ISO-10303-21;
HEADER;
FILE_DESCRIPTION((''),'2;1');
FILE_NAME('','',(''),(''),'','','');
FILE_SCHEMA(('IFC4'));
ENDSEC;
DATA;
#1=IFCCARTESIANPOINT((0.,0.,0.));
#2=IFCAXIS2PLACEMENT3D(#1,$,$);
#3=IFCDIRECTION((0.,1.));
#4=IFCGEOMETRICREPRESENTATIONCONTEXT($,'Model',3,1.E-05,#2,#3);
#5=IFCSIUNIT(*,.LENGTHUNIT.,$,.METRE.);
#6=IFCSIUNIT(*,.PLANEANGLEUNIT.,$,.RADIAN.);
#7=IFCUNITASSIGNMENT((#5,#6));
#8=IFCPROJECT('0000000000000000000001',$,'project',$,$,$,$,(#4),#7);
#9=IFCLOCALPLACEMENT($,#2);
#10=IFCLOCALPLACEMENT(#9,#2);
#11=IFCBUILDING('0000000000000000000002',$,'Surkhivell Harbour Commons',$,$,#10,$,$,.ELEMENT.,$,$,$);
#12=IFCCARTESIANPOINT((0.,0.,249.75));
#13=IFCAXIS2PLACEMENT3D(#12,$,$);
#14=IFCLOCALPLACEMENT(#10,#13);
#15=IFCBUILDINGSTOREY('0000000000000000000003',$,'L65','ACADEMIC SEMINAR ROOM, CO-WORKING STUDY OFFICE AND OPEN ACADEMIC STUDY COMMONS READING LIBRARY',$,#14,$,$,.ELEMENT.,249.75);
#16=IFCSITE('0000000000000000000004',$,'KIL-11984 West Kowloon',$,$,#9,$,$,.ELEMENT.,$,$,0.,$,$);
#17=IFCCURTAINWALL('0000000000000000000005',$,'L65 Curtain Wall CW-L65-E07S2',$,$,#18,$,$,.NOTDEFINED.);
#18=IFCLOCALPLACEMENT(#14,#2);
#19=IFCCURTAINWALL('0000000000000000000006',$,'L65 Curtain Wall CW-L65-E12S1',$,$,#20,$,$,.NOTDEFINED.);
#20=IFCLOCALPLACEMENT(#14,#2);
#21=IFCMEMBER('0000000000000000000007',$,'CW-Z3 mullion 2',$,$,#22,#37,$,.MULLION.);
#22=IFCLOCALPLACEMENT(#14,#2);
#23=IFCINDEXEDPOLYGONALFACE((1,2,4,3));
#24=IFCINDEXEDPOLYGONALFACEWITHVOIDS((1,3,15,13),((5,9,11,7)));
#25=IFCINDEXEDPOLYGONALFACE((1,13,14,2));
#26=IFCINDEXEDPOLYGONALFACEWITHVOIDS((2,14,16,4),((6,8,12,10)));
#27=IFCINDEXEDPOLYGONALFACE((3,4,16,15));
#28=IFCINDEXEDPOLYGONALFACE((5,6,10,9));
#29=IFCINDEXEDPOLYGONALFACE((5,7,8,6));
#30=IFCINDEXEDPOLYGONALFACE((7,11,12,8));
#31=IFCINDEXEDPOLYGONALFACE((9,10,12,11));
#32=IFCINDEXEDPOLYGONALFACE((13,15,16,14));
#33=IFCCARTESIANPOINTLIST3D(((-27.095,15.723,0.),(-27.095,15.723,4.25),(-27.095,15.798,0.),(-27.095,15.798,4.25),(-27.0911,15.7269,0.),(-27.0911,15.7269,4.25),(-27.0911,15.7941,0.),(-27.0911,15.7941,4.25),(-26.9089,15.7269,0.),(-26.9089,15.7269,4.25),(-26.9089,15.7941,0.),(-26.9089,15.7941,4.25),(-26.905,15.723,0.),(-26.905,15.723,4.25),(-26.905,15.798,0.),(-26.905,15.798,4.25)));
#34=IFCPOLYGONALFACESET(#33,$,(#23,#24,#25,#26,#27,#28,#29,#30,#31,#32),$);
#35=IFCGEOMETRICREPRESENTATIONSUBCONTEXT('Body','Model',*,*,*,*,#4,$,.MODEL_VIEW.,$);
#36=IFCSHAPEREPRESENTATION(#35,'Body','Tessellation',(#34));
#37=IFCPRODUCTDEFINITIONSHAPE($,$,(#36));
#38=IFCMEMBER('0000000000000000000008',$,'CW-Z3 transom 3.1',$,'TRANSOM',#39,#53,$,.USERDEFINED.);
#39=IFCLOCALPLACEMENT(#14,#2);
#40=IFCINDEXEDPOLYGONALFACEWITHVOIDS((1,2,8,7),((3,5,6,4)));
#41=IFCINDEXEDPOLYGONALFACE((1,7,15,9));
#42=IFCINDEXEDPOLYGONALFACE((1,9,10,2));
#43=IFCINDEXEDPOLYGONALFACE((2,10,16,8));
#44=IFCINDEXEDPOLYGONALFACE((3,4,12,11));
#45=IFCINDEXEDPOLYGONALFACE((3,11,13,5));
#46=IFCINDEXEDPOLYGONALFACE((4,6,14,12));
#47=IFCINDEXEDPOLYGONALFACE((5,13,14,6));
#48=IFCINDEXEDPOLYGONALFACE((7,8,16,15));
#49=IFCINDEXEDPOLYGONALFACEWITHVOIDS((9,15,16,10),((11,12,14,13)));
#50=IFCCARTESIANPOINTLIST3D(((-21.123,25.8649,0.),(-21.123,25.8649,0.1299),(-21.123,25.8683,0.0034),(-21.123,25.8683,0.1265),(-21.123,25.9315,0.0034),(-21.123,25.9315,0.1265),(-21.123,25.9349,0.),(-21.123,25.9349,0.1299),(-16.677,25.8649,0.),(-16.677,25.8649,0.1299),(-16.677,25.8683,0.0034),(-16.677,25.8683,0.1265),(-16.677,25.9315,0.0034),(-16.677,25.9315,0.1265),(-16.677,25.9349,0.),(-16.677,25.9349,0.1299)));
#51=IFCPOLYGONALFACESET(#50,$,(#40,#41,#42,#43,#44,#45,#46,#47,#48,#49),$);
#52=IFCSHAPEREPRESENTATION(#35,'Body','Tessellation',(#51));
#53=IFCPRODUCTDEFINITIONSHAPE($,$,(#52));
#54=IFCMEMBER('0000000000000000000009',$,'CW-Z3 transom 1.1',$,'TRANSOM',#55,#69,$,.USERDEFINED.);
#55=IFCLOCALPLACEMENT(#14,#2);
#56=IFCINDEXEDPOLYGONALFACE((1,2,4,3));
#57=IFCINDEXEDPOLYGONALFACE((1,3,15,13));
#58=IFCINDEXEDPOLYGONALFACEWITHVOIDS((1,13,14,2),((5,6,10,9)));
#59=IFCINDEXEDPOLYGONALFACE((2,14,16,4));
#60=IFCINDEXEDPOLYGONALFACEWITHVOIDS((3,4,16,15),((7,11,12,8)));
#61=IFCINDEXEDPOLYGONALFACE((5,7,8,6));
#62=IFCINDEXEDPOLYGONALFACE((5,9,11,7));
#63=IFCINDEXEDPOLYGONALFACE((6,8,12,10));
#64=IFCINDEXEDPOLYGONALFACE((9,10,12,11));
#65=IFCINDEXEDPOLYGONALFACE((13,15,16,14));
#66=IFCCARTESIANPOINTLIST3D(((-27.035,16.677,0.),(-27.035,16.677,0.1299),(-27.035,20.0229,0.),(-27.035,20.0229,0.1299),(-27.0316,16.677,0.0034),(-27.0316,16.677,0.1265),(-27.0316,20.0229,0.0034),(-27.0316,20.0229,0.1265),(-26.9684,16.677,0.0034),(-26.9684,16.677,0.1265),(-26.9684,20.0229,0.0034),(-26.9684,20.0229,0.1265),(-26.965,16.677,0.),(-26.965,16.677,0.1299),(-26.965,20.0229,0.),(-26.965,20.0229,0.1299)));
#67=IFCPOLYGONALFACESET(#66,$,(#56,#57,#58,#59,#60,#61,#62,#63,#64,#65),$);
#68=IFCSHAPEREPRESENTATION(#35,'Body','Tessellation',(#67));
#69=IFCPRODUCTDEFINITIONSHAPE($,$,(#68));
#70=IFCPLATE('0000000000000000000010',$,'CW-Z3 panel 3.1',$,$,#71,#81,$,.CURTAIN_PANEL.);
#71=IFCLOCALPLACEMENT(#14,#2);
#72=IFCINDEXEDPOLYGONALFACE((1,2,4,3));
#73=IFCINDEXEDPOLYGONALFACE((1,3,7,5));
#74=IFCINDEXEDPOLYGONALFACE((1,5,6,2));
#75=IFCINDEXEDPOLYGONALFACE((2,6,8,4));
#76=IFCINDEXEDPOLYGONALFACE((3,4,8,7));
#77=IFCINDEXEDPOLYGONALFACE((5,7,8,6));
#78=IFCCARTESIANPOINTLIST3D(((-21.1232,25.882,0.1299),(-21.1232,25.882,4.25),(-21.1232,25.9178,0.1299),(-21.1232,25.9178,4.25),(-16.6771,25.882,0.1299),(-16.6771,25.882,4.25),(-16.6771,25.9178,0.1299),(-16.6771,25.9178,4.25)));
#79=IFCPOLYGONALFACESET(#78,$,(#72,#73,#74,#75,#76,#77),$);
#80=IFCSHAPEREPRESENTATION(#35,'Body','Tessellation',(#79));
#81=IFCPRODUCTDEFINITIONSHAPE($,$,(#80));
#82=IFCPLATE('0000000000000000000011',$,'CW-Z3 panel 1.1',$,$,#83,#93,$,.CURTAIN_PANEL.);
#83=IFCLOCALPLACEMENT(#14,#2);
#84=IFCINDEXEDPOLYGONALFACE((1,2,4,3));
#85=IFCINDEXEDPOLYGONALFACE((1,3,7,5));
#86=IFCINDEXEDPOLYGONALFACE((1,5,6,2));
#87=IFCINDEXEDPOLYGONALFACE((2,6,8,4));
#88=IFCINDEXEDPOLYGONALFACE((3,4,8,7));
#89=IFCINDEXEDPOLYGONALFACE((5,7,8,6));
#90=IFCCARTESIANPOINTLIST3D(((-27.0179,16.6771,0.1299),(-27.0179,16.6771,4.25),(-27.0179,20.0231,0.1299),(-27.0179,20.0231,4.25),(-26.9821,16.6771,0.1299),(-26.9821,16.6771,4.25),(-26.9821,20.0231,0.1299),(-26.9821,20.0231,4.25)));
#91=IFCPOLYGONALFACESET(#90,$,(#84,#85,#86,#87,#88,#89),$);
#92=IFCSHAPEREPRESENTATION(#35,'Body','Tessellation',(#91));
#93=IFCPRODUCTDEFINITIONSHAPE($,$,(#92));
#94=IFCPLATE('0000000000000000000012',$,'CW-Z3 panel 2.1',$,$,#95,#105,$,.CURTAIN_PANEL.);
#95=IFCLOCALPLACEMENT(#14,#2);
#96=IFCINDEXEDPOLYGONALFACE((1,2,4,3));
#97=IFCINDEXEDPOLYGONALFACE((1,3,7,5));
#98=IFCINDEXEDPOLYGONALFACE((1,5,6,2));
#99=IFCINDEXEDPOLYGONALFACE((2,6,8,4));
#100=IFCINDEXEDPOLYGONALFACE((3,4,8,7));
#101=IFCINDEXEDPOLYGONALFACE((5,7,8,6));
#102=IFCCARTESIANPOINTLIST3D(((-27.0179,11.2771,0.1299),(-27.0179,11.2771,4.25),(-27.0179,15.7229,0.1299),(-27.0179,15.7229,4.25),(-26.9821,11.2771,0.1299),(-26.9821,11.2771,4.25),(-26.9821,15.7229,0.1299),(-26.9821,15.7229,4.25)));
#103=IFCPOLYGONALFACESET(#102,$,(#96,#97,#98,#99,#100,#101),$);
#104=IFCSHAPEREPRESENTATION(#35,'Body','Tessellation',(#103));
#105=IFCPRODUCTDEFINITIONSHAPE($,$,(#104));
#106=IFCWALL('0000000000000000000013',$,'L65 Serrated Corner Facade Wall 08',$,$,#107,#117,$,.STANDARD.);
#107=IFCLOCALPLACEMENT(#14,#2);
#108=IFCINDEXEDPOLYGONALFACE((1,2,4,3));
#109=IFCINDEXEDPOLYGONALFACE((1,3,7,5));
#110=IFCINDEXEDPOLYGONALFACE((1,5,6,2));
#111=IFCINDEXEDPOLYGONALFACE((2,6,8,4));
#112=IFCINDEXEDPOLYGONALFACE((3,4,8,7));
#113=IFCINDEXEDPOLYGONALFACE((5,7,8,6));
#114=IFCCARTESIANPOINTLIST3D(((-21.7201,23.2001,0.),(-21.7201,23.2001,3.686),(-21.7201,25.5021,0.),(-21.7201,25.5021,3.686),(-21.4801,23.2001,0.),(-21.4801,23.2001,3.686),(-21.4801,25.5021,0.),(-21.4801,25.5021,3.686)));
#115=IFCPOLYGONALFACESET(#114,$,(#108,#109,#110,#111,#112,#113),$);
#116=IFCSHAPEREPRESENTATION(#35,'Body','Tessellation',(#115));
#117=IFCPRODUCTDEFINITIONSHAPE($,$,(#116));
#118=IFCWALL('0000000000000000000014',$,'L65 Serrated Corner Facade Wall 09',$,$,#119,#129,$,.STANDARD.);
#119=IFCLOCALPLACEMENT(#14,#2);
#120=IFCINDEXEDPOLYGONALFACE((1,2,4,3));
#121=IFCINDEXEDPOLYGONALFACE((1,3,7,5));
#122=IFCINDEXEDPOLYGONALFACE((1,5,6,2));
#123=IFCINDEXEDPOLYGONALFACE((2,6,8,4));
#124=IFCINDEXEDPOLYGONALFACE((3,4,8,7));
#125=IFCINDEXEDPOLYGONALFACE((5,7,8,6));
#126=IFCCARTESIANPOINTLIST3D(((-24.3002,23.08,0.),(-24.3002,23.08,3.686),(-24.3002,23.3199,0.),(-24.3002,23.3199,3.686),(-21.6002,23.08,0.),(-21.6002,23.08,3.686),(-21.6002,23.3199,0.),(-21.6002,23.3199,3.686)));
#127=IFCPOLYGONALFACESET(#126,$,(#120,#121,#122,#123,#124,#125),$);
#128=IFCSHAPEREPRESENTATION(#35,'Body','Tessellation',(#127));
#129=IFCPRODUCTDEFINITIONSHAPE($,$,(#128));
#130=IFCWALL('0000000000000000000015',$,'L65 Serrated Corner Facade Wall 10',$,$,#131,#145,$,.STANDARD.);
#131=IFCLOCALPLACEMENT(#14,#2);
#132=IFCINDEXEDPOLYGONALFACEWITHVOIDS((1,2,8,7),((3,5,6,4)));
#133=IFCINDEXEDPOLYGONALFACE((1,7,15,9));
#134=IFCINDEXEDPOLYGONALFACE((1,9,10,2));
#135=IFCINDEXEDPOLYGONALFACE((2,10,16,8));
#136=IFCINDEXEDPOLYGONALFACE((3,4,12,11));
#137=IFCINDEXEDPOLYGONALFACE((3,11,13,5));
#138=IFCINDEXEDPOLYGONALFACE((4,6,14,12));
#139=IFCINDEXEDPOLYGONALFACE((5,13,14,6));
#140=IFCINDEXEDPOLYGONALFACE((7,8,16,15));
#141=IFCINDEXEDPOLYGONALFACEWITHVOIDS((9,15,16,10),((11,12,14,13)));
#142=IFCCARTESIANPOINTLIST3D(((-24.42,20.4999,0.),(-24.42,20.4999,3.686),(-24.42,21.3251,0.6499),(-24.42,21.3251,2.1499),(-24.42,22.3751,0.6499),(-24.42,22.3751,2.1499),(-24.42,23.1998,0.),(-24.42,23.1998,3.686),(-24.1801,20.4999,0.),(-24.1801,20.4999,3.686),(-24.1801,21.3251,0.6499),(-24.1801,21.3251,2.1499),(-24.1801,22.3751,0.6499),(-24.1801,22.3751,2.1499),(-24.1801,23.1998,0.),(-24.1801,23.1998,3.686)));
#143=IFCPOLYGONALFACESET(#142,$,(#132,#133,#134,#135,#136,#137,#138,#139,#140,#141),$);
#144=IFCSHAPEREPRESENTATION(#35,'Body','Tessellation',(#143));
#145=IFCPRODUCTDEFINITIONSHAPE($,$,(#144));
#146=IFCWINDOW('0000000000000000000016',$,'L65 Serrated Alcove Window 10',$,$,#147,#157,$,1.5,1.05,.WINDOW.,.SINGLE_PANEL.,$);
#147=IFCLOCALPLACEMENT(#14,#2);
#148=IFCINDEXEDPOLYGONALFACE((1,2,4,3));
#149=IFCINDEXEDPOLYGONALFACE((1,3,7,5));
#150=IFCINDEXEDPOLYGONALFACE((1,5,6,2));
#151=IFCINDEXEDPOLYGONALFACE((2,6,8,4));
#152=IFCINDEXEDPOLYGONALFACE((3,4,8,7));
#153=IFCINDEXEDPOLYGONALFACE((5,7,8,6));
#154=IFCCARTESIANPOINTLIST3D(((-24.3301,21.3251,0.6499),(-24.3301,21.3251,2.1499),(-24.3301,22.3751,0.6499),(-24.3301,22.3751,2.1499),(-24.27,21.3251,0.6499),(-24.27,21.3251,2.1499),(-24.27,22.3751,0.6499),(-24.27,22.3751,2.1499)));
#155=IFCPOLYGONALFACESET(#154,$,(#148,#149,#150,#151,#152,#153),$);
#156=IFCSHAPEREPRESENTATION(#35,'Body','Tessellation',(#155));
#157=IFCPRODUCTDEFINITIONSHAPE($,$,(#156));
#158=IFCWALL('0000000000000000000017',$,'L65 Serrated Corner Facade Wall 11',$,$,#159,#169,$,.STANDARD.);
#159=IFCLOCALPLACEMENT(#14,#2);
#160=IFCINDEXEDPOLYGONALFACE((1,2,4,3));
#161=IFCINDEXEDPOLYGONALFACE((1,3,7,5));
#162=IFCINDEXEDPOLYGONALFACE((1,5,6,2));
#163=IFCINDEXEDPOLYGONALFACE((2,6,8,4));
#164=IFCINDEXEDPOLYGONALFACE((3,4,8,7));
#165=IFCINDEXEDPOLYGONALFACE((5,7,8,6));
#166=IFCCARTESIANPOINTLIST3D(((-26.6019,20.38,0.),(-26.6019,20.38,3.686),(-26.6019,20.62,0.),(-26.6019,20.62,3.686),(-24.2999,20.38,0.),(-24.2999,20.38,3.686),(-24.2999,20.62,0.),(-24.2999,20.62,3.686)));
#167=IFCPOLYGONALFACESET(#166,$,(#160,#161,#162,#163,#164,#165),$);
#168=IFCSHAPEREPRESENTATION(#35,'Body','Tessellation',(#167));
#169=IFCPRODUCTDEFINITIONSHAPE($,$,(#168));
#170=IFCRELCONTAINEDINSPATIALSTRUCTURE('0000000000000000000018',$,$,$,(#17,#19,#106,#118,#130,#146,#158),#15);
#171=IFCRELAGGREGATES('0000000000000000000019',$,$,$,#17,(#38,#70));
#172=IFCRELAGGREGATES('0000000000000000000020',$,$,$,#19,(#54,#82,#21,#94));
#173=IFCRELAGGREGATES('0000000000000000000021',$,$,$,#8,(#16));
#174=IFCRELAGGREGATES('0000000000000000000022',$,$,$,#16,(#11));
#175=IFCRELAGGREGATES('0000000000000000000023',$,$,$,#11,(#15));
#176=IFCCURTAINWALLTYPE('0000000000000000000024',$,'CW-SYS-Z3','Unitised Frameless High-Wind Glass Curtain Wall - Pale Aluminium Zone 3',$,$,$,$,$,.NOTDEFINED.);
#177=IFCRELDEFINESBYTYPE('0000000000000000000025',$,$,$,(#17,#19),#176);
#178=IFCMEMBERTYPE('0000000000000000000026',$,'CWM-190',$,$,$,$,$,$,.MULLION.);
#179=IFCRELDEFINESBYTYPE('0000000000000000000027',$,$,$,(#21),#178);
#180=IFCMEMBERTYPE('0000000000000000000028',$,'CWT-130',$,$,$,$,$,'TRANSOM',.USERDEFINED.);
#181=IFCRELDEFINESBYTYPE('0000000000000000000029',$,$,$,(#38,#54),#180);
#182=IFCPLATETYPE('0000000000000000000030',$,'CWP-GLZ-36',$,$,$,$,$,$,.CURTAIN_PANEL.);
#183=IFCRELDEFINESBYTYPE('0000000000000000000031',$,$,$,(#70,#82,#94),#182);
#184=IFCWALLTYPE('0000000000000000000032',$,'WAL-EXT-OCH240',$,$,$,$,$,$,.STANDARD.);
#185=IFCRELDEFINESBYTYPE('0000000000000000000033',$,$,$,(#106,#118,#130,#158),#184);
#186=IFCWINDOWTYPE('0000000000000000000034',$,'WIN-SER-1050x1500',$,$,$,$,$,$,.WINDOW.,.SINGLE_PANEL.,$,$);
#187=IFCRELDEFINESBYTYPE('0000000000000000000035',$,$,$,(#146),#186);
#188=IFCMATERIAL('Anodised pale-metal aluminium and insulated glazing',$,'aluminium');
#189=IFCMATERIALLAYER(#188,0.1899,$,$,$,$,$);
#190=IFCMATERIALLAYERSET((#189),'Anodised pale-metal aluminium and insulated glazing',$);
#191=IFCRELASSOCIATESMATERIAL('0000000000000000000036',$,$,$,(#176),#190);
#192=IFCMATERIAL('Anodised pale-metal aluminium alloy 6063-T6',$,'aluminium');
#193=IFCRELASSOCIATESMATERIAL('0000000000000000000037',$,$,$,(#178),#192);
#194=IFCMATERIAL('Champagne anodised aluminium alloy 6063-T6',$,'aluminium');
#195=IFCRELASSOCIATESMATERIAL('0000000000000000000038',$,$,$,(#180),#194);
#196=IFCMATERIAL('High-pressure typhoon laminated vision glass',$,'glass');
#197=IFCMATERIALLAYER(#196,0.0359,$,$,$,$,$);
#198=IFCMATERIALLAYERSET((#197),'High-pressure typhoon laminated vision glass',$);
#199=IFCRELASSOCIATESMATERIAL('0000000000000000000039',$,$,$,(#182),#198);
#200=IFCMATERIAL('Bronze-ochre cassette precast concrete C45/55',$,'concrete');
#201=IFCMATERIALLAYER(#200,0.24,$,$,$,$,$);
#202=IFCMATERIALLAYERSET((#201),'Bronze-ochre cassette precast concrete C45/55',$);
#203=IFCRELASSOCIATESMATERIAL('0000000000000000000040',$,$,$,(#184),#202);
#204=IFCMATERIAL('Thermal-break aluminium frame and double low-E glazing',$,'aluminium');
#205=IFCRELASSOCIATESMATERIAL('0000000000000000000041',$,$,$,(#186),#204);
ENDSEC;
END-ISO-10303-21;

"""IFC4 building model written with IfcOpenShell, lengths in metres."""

from ifc_helpers import new_model, si_unit, direction, frame, frame_2d, origin, origin_2d, place, context, subcontext, project, spatial, rectangle, hollow_rectangle, extrude, material, layer, layer_set, material_profile, profile_set, type_object, element, fill, aggregate, save


model = new_model("IFC4")

# Units and contexts
model_context = context("Model", 3, precision=1e-05, world=origin(), true_north=direction((0.0, 1.0)))
body_context = subcontext(model_context, "Body", "Model", "MODEL_VIEW")
ifc_project = project(units=[si_unit("LENGTHUNIT", "METRE"), si_unit("PLANEANGLEUNIT", "RADIAN")], contexts=[model_context])

# Site, building, storey
site_placement = place(None, origin())
site = spatial("IfcSite", under=ifc_project, at=site_placement, Name="KIL-11984 West Kowloon", CompositionType="ELEMENT", RefElevation=0.0)
building_placement = place(site_placement, origin())
building = spatial("IfcBuilding", under=site, at=building_placement, Name="Surkhivell Harbour Commons", CompositionType="ELEMENT")
storey_placement = place(building_placement, frame((0.0, 0.0, 249.75)))
storey = spatial("IfcBuildingStorey", under=building, at=storey_placement, Name="L65", Description="ACADEMIC SEMINAR ROOM, CO-WORKING STUDY OFFICE AND OPEN ACADEMIC STUDY COMMONS READING LIBRARY", CompositionType="ELEMENT", Elevation=249.75)

# Curtain walls, member
ifc_material_1 = material(Name="Anodised pale-metal aluminium and insulated glazing", Category="aluminium")
ifc_layer_1 = layer(ifc_material_1, 0.1899)
ifc_layer_set_1 = layer_set([ifc_layer_1], Name="Anodised pale-metal aluminium and insulated glazing")
curtain_wall_type = type_object("IfcCurtainWallType", Name="CW-SYS-Z3", Description="Unitised Frameless High-Wind Glass Curtain Wall - Pale Aluminium Zone 3", PredefinedType="NOTDEFINED", material=ifc_layer_set_1)
curtain_wall_1_placement = place(storey_placement, origin())
curtain_wall_1 = element("IfcCurtainWall", 1, at=curtain_wall_1_placement, inside=storey, type_object=curtain_wall_type, Name="L65 Curtain Wall CW-L65-E07S2", PredefinedType="NOTDEFINED")
ifc_material_2 = material(Name="Anodised pale-metal aluminium alloy 6063-T6", Category="aluminium")
ifc_material_profile_1 = material_profile(ifc_material_2, hollow_rectangle(XDim=0.075, YDim=0.1899, WallThickness=0.0039, at=origin_2d()), Name="ALU-MULL-75x190")
ifc_profile_set_1 = profile_set([ifc_material_profile_1], Name="Anodised pale-metal aluminium alloy 6063-T6")
member_type_1 = type_object("IfcMemberType", Name="CWM-190", PredefinedType="MULLION", material=ifc_profile_set_1)
curtain_wall_2_placement = place(storey_placement, origin())
curtain_wall_2 = element("IfcCurtainWall", 2, at=curtain_wall_2_placement, inside=storey, type_object=curtain_wall_type, Name="L65 Curtain Wall CW-L65-E12S1", PredefinedType="NOTDEFINED")
member_1_placement = place(storey_placement, frame((-27.0, 15.7605, 0.0), z_axis=(0.0, 0.0, 1.0), x_axis=(0.0, -1.0, 0.0)))
member_1 = element("IfcMember", 3, at=member_1_placement, type_object=member_type_1, Name="CW-Z3 mullion 2", PredefinedType="MULLION", context=body_context, shape_type="SweptSolid", body=[
    extrude(hollow_rectangle(XDim=0.075, YDim=0.1899, WallThickness=0.0039, at=origin_2d()), origin(), (0.0, 0.0, 1.0), 4.25),
])

# Members
ifc_material_3 = material(Name="Champagne anodised aluminium alloy 6063-T6", Category="aluminium")
ifc_material_profile_2 = material_profile(ifc_material_3, hollow_rectangle(XDim=0.0701, YDim=0.1299, WallThickness=0.0034, at=origin_2d()), Name="ALU-TRAN-70x130")
ifc_profile_set_2 = profile_set([ifc_material_profile_2], Name="Champagne anodised aluminium alloy 6063-T6")
member_type_2 = type_object("IfcMemberType", Name="CWT-130", ElementType="TRANSOM", PredefinedType="USERDEFINED", material=ifc_profile_set_2)
member_2_placement = place(storey_placement, frame((-16.677, 25.8999, 0.0649), z_axis=(-1.0, 0.0, 0.0), x_axis=(0.0, -1.0, 0.0)))
member_2 = element("IfcMember", 4, at=member_2_placement, type_object=member_type_2, Name="CW-Z3 transom 3.1", ObjectType="TRANSOM", PredefinedType="USERDEFINED", context=body_context, shape_type="SweptSolid", body=[
    extrude(hollow_rectangle(XDim=0.0701, YDim=0.1299, WallThickness=0.0034, at=origin_2d()), origin(), (0.0, 0.0, 1.0), 4.446),
])
member_3_placement = place(storey_placement, frame((-27.0, 20.0229, 0.0649), z_axis=(0.0, -1.0, 0.0), x_axis=(1.0, 0.0, 0.0)))
member_3 = element("IfcMember", 5, at=member_3_placement, type_object=member_type_2, Name="CW-Z3 transom 1.1", ObjectType="TRANSOM", PredefinedType="USERDEFINED", context=body_context, shape_type="SweptSolid", body=[
    extrude(hollow_rectangle(XDim=0.0701, YDim=0.1299, WallThickness=0.0034, at=origin_2d()), origin(), (0.0, 0.0, 1.0), 3.3459),
])

# Plates
ifc_material_4 = material(Name="High-pressure typhoon laminated vision glass", Category="glass")
ifc_layer_2 = layer(ifc_material_4, 0.0359)
ifc_layer_set_2 = layer_set([ifc_layer_2], Name="High-pressure typhoon laminated vision glass")
plate_type = type_object("IfcPlateType", Name="CWP-GLZ-36", PredefinedType="CURTAIN_PANEL", material=ifc_layer_set_2)
plate_1_placement = place(storey_placement, frame((-16.677, 25.8999, 0.1299), z_axis=(0.0, 0.0, 1.0), x_axis=(-1.0, 0.0, 0.0)))
plate_1 = element("IfcPlate", 6, at=plate_1_placement, type_object=plate_type, Name="CW-Z3 panel 3.1", PredefinedType="CURTAIN_PANEL", context=body_context, shape_type="SweptSolid", body=[
    extrude(rectangle(XDim=4.446, YDim=0.0359, at=frame_2d((2.2231, 0.0))), origin(), (0.0, 0.0, 1.0), 4.1201),
])
aggregate(curtain_wall_1, [member_2, plate_1])
plate_2_placement = place(storey_placement, frame((-27.0, 20.0229, 0.1299), z_axis=(0.0, 0.0, 1.0), x_axis=(0.0, -1.0, 0.0)))
plate_2 = element("IfcPlate", 7, at=plate_2_placement, type_object=plate_type, Name="CW-Z3 panel 1.1", PredefinedType="CURTAIN_PANEL", context=body_context, shape_type="SweptSolid", body=[
    extrude(rectangle(XDim=3.3459, YDim=0.0359, at=frame_2d((1.6729, 0.0))), origin(), (0.0, 0.0, 1.0), 4.1201),
])
plate_3_placement = place(storey_placement, frame((-27.0, 15.7229, 0.1299), z_axis=(0.0, 0.0, 1.0), x_axis=(0.0, -1.0, 0.0)))
plate_3 = element("IfcPlate", 8, at=plate_3_placement, type_object=plate_type, Name="CW-Z3 panel 2.1", PredefinedType="CURTAIN_PANEL", context=body_context, shape_type="SweptSolid", body=[
    extrude(rectangle(XDim=4.4458, YDim=0.0359, at=frame_2d((2.2229, 0.0))), origin(), (0.0, 0.0, 1.0), 4.1201),
])
aggregate(curtain_wall_2, [member_3, plate_2, member_1, plate_3])

# Walls
ifc_material_5 = material(Name="Bronze-ochre cassette precast concrete C45/55", Category="concrete")
ifc_layer_3 = layer(ifc_material_5, 0.24)
ifc_layer_set_3 = layer_set([ifc_layer_3], Name="Bronze-ochre cassette precast concrete C45/55")
wall_type = type_object("IfcWallType", Name="WAL-EXT-OCH240", PredefinedType="STANDARD", material=ifc_layer_set_3)
wall_1_placement = place(storey_placement, frame((-21.6001, 25.502, 0.0), z_axis=(0.0, 0.0, 1.0), x_axis=(0.0, -1.0, 0.0)))
element("IfcWall", 9, at=wall_1_placement, inside=storey, type_object=wall_type, Name="L65 Serrated Corner Facade Wall 08", PredefinedType="STANDARD", context=body_context, shape_type="SweptSolid", body=[
    extrude(rectangle(XDim=2.302, YDim=0.24, at=frame_2d((1.1509, 0.0))), origin(), (0.0, 0.0, 1.0), 3.686),
])
wall_2_placement = place(storey_placement, frame((-21.6001, 23.2, 0.0), z_axis=(0.0, 0.0, 1.0), x_axis=(-1.0, 0.0, 0.0)))
element("IfcWall", 10, at=wall_2_placement, inside=storey, type_object=wall_type, Name="L65 Serrated Corner Facade Wall 09", PredefinedType="STANDARD", context=body_context, shape_type="SweptSolid", body=[
    extrude(rectangle(XDim=2.7, YDim=0.24, at=frame_2d((1.3501, 0.0))), origin(), (0.0, 0.0, 1.0), 3.686),
])

# Wall, opening, window
wall_3_placement = place(storey_placement, frame((-24.3, 23.2, 0.0), z_axis=(0.0, 0.0, 1.0), x_axis=(0.0, -1.0, 0.0)))
wall_3 = element("IfcWall", 11, at=wall_3_placement, inside=storey, type_object=wall_type, Name="L65 Serrated Corner Facade Wall 10", PredefinedType="STANDARD", context=body_context, shape_type="SweptSolid", body=[
    extrude(rectangle(XDim=2.7, YDim=0.24, at=frame_2d((1.3501, 0.0))), origin(), (0.0, 0.0, 1.0), 3.686),
])
opening_placement = place(wall_3_placement, frame((0.825, 0.0, 0.6499)))
opening = element("IfcOpeningElement", 12, at=opening_placement, cuts=wall_3, PredefinedType="OPENING", context=body_context, shape_type="SweptSolid", body=[
    extrude(rectangle(XDim=1.05, YDim=1.5, at=frame_2d((0.5249, 0.75))), frame((0.0, 0.1299, 0.0), z_axis=(0.0, -1.0, 0.0), x_axis=(1.0, 0.0, 0.0)), (0.0, 0.0, 1.0), 0.26),
])
ifc_material_6 = material(Name="Thermal-break aluminium frame and double low-E glazing", Category="aluminium")
window_type = type_object("IfcWindowType", Name="WIN-SER-1050x1500", PartitioningType="SINGLE_PANEL", PredefinedType="WINDOW", material=ifc_material_6)
window_placement = place(opening_placement, origin())
window = element("IfcWindow", 13, at=window_placement, inside=storey, type_object=window_type, Name="L65 Serrated Alcove Window 10", OverallHeight=1.5, OverallWidth=1.05, PartitioningType="SINGLE_PANEL", PredefinedType="WINDOW", context=body_context, shape_type="SweptSolid", body=[
    extrude(rectangle(XDim=1.05, YDim=1.5, at=frame_2d((0.5249, 0.75))), frame((0.0, 0.03, 0.0), z_axis=(0.0, -1.0, 0.0), x_axis=(1.0, 0.0, 0.0)), (0.0, 0.0, 1.0), 0.0601),
])
fill(opening, window)

# Wall
wall_4_placement = place(storey_placement, frame((-24.3, 20.5, 0.0), z_axis=(0.0, 0.0, 1.0), x_axis=(-1.0, 0.0, 0.0)))
element("IfcWall", 14, at=wall_4_placement, inside=storey, type_object=wall_type, Name="L65 Serrated Corner Facade Wall 11", PredefinedType="STANDARD", context=body_context, shape_type="SweptSolid", body=[
    extrude(rectangle(XDim=2.302, YDim=0.24, at=frame_2d((1.1509, 0.0))), origin(), (0.0, 0.0, 1.0), 3.686),
])

save(model, "model.ifc")
